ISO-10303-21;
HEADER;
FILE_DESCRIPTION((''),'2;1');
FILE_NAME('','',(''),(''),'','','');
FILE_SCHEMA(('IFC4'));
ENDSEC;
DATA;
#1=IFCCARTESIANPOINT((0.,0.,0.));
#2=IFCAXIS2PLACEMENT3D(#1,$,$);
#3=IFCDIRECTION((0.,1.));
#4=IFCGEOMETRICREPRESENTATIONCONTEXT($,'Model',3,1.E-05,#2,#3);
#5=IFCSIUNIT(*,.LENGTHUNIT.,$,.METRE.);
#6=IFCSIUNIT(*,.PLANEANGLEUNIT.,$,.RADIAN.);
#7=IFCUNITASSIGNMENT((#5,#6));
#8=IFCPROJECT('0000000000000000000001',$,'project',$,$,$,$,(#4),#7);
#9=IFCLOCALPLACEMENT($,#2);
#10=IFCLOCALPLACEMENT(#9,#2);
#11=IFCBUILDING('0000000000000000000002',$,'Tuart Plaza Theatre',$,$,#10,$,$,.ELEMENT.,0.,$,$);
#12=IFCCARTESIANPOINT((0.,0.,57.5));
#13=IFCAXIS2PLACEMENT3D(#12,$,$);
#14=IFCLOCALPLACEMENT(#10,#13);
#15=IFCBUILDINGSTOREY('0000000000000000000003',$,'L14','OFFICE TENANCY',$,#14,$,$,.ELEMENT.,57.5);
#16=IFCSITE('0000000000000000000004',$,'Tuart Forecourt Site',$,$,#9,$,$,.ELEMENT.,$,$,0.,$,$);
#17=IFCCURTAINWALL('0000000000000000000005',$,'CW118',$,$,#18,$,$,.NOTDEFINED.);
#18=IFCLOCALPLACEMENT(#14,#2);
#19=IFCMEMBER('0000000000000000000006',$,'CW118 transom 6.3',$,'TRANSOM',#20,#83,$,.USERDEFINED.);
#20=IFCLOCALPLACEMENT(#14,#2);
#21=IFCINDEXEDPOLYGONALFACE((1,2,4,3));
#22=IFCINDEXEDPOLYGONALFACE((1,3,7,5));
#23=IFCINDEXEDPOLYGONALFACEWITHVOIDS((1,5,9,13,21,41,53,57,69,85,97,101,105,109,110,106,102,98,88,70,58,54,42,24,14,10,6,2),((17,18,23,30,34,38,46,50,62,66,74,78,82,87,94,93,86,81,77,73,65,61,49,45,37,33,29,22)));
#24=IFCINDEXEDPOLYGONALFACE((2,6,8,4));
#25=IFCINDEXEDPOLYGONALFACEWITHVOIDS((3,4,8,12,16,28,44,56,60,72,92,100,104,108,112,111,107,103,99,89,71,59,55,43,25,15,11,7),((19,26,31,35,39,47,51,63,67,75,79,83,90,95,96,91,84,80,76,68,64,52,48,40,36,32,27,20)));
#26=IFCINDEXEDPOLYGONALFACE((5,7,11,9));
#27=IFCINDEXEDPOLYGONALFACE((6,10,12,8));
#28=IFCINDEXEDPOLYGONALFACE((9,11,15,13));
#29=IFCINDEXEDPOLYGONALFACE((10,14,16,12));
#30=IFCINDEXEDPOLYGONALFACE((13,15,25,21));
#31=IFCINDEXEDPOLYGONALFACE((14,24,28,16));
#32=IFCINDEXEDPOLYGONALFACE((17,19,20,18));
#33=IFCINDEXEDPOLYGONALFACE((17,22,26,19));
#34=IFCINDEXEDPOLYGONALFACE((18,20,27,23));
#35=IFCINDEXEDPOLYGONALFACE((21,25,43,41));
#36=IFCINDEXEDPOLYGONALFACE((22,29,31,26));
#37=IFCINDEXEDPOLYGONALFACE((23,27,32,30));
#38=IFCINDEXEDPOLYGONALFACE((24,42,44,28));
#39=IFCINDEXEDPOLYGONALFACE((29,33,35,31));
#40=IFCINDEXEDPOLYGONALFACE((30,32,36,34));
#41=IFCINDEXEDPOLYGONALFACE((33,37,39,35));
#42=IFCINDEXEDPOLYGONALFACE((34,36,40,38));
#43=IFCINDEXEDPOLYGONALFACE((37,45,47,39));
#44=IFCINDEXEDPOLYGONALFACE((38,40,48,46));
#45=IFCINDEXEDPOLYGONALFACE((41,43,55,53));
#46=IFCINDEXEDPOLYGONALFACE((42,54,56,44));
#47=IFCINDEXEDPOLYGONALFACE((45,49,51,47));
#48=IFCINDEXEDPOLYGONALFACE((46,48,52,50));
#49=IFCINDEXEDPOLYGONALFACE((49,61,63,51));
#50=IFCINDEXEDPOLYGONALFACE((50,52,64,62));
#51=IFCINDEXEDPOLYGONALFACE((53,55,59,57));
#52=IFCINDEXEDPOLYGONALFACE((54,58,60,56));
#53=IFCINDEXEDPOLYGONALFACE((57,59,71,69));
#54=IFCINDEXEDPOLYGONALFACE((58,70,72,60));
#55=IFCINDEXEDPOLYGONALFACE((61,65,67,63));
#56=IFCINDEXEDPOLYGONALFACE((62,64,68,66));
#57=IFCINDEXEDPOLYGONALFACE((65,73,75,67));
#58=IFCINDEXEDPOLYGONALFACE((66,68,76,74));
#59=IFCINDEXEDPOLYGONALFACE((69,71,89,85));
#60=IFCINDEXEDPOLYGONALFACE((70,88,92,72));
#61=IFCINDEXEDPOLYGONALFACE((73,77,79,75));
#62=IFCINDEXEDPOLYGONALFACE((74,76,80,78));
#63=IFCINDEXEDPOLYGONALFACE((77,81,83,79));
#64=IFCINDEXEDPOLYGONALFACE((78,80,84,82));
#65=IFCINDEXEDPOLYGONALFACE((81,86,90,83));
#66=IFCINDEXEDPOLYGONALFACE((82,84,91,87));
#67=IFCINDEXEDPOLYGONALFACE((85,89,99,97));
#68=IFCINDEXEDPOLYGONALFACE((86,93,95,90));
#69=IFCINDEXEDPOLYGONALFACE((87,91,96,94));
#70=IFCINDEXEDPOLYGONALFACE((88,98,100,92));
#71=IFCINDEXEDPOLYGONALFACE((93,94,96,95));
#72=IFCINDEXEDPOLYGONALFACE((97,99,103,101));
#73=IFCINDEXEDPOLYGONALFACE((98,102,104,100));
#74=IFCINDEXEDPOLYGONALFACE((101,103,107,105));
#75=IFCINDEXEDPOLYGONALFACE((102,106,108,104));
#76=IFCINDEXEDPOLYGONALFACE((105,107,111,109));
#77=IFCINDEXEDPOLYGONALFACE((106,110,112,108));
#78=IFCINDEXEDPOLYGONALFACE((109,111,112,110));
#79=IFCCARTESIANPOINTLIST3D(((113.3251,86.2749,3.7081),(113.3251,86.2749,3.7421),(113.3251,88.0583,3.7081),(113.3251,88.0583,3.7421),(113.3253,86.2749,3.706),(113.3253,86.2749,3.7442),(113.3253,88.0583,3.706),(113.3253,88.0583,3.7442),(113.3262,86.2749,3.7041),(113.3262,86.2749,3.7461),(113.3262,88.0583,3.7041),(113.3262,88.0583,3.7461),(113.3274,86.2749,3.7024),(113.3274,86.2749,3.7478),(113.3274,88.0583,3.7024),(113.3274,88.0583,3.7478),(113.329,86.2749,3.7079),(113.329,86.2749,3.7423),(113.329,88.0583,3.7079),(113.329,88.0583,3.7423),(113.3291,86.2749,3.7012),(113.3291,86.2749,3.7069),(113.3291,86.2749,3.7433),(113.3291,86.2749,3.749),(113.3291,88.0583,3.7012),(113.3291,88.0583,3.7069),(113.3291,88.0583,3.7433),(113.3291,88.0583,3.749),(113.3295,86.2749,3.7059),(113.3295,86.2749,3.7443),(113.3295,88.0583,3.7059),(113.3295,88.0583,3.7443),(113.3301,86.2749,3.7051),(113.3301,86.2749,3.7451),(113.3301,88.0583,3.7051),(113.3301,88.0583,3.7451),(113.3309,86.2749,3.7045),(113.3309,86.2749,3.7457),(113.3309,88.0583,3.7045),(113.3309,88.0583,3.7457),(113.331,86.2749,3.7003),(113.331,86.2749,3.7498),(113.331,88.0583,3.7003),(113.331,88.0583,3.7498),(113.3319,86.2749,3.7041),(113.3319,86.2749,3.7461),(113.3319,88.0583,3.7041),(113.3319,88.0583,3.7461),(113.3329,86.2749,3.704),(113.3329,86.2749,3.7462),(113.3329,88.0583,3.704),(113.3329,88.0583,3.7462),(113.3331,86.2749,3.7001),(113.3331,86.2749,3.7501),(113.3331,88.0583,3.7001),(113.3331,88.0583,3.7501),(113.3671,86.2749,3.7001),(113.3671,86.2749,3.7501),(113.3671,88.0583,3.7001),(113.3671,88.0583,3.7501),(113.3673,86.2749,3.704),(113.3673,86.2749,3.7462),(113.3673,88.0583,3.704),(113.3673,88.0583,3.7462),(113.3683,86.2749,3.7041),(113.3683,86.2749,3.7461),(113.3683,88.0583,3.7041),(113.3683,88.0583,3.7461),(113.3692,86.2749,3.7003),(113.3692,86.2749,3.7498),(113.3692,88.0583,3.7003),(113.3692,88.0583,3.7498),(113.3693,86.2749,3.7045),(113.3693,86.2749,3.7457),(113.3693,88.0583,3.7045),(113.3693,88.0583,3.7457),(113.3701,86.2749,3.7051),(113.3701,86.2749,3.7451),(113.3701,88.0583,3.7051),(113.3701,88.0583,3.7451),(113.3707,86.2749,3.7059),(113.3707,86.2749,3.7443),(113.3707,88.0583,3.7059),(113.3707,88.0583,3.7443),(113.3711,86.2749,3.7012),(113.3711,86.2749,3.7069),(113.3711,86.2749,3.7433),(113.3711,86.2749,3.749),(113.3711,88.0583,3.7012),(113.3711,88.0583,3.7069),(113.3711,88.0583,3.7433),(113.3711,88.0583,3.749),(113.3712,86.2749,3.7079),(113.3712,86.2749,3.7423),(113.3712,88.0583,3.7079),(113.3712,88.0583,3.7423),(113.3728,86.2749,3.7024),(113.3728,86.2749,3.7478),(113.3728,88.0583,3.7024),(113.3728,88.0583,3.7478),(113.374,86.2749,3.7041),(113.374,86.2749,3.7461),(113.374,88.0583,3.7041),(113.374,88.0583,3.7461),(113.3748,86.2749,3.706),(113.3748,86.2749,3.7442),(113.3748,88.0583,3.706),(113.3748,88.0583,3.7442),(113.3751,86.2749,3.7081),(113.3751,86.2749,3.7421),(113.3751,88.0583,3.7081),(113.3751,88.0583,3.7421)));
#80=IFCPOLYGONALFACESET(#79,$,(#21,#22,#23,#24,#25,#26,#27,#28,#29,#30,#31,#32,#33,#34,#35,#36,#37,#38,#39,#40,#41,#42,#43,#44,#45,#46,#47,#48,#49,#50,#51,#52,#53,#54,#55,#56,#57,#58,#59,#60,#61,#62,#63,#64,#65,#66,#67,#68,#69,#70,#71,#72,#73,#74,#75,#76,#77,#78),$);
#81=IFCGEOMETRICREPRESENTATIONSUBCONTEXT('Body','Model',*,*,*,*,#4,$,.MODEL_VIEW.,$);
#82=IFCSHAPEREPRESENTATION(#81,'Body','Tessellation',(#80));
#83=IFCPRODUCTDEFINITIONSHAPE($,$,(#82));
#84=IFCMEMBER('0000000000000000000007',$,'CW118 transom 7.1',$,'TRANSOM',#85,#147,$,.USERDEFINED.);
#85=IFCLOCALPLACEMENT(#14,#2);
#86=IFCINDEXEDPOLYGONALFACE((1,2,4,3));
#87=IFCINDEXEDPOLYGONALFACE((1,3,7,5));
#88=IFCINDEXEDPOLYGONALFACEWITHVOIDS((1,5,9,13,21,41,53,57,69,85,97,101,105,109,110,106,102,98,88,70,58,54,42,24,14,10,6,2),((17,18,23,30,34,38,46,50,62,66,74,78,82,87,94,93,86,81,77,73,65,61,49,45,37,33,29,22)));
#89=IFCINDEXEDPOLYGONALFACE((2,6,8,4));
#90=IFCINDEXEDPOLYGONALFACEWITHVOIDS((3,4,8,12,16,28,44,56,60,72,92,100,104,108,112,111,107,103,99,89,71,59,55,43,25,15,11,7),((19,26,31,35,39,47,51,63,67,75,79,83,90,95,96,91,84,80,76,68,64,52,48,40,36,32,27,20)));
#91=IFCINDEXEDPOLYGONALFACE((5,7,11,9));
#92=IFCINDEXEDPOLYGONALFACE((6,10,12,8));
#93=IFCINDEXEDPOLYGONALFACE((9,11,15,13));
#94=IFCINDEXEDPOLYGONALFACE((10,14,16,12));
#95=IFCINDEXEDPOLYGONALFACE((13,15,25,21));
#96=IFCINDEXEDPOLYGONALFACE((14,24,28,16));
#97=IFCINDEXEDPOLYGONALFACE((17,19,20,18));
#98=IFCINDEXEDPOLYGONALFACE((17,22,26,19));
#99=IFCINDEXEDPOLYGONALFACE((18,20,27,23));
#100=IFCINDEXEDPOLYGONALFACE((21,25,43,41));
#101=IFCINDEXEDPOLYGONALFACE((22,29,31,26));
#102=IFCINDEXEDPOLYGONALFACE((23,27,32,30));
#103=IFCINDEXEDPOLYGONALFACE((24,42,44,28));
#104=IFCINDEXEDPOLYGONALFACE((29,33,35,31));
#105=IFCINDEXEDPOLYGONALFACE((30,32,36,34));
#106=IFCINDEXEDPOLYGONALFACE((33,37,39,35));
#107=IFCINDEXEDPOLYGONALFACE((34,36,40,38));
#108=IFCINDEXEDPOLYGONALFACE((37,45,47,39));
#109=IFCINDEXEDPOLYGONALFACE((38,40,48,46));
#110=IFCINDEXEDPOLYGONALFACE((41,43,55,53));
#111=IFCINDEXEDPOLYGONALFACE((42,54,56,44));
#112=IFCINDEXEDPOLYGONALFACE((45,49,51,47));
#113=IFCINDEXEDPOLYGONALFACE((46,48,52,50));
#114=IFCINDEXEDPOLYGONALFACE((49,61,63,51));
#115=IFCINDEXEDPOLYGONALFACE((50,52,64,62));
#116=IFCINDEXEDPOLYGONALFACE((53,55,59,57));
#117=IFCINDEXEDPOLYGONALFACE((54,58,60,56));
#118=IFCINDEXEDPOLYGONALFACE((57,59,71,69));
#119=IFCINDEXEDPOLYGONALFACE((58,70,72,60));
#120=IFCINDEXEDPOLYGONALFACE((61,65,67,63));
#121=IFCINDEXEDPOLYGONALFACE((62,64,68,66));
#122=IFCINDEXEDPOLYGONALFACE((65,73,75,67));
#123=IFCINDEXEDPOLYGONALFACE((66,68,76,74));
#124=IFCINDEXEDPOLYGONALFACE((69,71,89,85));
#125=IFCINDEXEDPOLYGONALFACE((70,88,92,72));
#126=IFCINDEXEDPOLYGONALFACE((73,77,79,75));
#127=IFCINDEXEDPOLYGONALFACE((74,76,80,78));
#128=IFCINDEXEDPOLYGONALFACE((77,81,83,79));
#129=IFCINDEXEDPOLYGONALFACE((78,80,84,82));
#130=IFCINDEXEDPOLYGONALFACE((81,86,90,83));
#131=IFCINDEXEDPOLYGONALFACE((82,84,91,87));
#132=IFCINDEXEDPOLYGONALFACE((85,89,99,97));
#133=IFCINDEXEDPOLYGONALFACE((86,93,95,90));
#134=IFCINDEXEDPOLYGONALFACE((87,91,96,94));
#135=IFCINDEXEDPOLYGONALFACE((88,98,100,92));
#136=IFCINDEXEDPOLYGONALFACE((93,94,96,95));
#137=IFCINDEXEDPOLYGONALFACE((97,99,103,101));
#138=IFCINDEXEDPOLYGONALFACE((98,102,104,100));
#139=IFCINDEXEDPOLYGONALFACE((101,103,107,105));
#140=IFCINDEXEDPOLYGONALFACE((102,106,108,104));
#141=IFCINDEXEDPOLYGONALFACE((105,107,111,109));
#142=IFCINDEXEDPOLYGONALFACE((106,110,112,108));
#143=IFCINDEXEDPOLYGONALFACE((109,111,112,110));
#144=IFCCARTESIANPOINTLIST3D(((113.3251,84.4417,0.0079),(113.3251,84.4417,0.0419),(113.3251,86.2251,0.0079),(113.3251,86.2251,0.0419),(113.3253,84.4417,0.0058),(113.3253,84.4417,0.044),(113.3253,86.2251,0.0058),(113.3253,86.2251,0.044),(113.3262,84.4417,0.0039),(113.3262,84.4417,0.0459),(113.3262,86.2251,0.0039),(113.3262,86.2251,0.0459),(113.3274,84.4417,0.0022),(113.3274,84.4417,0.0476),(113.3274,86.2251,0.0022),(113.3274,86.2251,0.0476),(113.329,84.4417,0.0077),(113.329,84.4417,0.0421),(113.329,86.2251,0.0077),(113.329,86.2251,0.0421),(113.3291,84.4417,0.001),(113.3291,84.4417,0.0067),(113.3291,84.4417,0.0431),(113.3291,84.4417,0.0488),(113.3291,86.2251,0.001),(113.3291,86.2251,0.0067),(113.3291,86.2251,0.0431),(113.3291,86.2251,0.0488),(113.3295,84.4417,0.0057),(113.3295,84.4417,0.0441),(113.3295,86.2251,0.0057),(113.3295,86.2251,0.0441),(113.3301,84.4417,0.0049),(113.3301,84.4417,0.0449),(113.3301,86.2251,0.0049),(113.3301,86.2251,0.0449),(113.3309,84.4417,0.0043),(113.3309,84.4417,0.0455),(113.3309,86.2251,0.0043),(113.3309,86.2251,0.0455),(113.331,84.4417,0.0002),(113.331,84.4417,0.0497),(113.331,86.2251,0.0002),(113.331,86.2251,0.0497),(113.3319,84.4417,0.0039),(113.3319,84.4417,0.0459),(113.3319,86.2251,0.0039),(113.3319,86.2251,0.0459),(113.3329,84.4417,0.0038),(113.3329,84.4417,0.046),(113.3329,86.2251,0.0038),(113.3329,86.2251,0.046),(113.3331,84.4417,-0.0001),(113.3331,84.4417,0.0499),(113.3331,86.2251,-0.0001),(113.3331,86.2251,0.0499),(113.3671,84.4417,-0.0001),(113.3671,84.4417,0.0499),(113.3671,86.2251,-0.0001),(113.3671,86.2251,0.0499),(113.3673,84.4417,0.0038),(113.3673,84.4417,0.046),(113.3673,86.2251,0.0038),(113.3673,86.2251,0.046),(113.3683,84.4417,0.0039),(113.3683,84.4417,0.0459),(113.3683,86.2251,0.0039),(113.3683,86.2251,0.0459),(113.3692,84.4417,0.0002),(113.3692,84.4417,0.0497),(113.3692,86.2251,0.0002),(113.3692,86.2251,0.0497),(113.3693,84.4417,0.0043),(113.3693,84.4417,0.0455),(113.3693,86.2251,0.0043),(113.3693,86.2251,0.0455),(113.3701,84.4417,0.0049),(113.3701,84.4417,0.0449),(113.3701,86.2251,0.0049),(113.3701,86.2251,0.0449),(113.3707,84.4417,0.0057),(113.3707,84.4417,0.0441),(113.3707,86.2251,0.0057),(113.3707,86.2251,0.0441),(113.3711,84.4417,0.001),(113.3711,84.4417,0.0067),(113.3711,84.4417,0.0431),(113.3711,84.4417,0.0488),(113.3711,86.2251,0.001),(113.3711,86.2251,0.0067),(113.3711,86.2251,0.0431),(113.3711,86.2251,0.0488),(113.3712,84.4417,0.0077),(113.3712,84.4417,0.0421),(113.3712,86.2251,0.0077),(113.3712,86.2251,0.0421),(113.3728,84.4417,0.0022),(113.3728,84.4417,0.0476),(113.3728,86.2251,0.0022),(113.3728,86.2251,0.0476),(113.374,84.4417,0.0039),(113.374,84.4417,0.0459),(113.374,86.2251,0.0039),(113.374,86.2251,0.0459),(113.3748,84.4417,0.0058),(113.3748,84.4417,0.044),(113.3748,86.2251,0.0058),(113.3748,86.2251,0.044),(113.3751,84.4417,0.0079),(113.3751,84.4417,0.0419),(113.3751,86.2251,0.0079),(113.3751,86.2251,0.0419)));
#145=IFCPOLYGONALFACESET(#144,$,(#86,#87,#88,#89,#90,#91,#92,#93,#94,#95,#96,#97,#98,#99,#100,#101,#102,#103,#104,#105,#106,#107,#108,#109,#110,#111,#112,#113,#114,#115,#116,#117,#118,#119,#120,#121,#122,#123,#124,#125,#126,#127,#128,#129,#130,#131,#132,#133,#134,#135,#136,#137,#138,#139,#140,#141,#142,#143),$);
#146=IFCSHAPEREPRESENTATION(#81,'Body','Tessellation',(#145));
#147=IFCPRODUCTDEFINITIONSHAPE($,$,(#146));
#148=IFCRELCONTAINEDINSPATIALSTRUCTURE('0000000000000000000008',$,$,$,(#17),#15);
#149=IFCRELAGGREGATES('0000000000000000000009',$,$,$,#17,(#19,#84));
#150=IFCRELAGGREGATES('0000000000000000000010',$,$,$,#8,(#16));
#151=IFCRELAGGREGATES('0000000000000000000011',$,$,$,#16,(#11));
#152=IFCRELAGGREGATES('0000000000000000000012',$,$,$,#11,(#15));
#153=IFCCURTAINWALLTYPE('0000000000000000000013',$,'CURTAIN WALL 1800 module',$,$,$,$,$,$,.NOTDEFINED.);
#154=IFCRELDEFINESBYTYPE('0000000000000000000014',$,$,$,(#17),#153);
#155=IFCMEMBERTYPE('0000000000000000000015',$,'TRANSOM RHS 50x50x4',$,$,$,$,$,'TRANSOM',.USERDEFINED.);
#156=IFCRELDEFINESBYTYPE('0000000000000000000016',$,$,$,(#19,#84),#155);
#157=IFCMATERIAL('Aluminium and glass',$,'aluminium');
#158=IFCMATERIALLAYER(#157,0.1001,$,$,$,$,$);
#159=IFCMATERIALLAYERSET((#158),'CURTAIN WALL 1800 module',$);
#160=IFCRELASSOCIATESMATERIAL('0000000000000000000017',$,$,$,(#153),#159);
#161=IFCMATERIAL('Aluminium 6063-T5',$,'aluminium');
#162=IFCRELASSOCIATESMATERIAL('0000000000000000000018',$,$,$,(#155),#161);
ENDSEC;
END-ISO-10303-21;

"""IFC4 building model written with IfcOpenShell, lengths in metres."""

from ifc_helpers import new_model, si_unit, direction, frame, origin, origin_2d, place, context, subcontext, project, spatial, hollow_rectangle, extrude, material, layer, layer_set, material_profile, profile_set, type_object, element, aggregate, save


model = new_model("IFC4")

# Units and contexts
model_context = context("Model", 3, precision=1e-05, world=origin(), true_north=direction((0.0, 1.0)))
body_context = subcontext(model_context, "Body", "Model", "MODEL_VIEW")
ifc_project = project(units=[si_unit("LENGTHUNIT", "METRE"), si_unit("PLANEANGLEUNIT", "RADIAN")], contexts=[model_context])

# Site, building, storey
site_placement = place(None, origin())
site = spatial("IfcSite", under=ifc_project, at=site_placement, Name="Tuart Forecourt Site", CompositionType="ELEMENT", RefElevation=0.0)
building_placement = place(site_placement, origin())
building = spatial("IfcBuilding", under=site, at=building_placement, Name="Tuart Plaza Theatre", CompositionType="ELEMENT", ElevationOfRefHeight=0.0)
storey_placement = place(building_placement, frame((0.0, 0.0, 57.5)))
storey = spatial("IfcBuildingStorey", under=building, at=storey_placement, Name="L14", Description="OFFICE TENANCY", CompositionType="ELEMENT", Elevation=57.5)

# Curtain wall, members
ifc_material_1 = material(Name="Aluminium and glass", Category="aluminium")
ifc_layer_1 = layer(ifc_material_1, 0.1001)
ifc_layer_set_1 = layer_set([ifc_layer_1], Name="CURTAIN WALL 1800 module")
curtain_wall_type = type_object("IfcCurtainWallType", Name="CURTAIN WALL 1800 module", PredefinedType="NOTDEFINED", material=ifc_layer_set_1)
curtain_wall_placement = place(storey_placement, origin())
curtain_wall = element("IfcCurtainWall", 1, at=curtain_wall_placement, inside=storey, type_object=curtain_wall_type, Name="CW118", PredefinedType="NOTDEFINED")
ifc_material_2 = material(Name="Aluminium 6063-T5", Category="aluminium")
ifc_material_profile = material_profile(ifc_material_2, hollow_rectangle(XDim=0.05, YDim=0.05, WallThickness=0.0039, InnerFilletRadius=0.0039, OuterFilletRadius=0.0081, at=origin_2d()), Name="RHS 50x50x4")
ifc_profile_set = profile_set([ifc_material_profile], Name="Aluminium 6063-T5")
member_type = type_object("IfcMemberType", Name="TRANSOM RHS 50x50x4", ElementType="TRANSOM", PredefinedType="USERDEFINED", material=ifc_profile_set)
member_1_placement = place(storey_placement, frame((113.3501, 88.0583, 3.7251), z_axis=(0.0, -1.0, 0.0), x_axis=(1.0, 0.0, 0.0)))
member_1 = element("IfcMember", 2, at=member_1_placement, type_object=member_type, Name="CW118 transom 6.3", ObjectType="TRANSOM", PredefinedType="USERDEFINED", context=body_context, shape_type="SweptSolid", body=[
    extrude(hollow_rectangle(XDim=0.05, YDim=0.05, WallThickness=0.0039, InnerFilletRadius=0.0039, OuterFilletRadius=0.0081, at=origin_2d()), origin(), (0.0, 0.0, 1.0), 1.7834),
])
member_2_placement = place(storey_placement, frame((113.3501, 86.2251, 0.0249), z_axis=(0.0, -1.0, 0.0), x_axis=(1.0, 0.0, 0.0)))
member_2 = element("IfcMember", 3, at=member_2_placement, type_object=member_type, Name="CW118 transom 7.1", ObjectType="TRANSOM", PredefinedType="USERDEFINED", context=body_context, shape_type="SweptSolid", body=[
    extrude(hollow_rectangle(XDim=0.05, YDim=0.05, WallThickness=0.0039, InnerFilletRadius=0.0039, OuterFilletRadius=0.0081, at=origin_2d()), origin(), (0.0, 0.0, 1.0), 1.7834),
])
aggregate(curtain_wall, [member_1, member_2])

save(model, "model.ifc")
